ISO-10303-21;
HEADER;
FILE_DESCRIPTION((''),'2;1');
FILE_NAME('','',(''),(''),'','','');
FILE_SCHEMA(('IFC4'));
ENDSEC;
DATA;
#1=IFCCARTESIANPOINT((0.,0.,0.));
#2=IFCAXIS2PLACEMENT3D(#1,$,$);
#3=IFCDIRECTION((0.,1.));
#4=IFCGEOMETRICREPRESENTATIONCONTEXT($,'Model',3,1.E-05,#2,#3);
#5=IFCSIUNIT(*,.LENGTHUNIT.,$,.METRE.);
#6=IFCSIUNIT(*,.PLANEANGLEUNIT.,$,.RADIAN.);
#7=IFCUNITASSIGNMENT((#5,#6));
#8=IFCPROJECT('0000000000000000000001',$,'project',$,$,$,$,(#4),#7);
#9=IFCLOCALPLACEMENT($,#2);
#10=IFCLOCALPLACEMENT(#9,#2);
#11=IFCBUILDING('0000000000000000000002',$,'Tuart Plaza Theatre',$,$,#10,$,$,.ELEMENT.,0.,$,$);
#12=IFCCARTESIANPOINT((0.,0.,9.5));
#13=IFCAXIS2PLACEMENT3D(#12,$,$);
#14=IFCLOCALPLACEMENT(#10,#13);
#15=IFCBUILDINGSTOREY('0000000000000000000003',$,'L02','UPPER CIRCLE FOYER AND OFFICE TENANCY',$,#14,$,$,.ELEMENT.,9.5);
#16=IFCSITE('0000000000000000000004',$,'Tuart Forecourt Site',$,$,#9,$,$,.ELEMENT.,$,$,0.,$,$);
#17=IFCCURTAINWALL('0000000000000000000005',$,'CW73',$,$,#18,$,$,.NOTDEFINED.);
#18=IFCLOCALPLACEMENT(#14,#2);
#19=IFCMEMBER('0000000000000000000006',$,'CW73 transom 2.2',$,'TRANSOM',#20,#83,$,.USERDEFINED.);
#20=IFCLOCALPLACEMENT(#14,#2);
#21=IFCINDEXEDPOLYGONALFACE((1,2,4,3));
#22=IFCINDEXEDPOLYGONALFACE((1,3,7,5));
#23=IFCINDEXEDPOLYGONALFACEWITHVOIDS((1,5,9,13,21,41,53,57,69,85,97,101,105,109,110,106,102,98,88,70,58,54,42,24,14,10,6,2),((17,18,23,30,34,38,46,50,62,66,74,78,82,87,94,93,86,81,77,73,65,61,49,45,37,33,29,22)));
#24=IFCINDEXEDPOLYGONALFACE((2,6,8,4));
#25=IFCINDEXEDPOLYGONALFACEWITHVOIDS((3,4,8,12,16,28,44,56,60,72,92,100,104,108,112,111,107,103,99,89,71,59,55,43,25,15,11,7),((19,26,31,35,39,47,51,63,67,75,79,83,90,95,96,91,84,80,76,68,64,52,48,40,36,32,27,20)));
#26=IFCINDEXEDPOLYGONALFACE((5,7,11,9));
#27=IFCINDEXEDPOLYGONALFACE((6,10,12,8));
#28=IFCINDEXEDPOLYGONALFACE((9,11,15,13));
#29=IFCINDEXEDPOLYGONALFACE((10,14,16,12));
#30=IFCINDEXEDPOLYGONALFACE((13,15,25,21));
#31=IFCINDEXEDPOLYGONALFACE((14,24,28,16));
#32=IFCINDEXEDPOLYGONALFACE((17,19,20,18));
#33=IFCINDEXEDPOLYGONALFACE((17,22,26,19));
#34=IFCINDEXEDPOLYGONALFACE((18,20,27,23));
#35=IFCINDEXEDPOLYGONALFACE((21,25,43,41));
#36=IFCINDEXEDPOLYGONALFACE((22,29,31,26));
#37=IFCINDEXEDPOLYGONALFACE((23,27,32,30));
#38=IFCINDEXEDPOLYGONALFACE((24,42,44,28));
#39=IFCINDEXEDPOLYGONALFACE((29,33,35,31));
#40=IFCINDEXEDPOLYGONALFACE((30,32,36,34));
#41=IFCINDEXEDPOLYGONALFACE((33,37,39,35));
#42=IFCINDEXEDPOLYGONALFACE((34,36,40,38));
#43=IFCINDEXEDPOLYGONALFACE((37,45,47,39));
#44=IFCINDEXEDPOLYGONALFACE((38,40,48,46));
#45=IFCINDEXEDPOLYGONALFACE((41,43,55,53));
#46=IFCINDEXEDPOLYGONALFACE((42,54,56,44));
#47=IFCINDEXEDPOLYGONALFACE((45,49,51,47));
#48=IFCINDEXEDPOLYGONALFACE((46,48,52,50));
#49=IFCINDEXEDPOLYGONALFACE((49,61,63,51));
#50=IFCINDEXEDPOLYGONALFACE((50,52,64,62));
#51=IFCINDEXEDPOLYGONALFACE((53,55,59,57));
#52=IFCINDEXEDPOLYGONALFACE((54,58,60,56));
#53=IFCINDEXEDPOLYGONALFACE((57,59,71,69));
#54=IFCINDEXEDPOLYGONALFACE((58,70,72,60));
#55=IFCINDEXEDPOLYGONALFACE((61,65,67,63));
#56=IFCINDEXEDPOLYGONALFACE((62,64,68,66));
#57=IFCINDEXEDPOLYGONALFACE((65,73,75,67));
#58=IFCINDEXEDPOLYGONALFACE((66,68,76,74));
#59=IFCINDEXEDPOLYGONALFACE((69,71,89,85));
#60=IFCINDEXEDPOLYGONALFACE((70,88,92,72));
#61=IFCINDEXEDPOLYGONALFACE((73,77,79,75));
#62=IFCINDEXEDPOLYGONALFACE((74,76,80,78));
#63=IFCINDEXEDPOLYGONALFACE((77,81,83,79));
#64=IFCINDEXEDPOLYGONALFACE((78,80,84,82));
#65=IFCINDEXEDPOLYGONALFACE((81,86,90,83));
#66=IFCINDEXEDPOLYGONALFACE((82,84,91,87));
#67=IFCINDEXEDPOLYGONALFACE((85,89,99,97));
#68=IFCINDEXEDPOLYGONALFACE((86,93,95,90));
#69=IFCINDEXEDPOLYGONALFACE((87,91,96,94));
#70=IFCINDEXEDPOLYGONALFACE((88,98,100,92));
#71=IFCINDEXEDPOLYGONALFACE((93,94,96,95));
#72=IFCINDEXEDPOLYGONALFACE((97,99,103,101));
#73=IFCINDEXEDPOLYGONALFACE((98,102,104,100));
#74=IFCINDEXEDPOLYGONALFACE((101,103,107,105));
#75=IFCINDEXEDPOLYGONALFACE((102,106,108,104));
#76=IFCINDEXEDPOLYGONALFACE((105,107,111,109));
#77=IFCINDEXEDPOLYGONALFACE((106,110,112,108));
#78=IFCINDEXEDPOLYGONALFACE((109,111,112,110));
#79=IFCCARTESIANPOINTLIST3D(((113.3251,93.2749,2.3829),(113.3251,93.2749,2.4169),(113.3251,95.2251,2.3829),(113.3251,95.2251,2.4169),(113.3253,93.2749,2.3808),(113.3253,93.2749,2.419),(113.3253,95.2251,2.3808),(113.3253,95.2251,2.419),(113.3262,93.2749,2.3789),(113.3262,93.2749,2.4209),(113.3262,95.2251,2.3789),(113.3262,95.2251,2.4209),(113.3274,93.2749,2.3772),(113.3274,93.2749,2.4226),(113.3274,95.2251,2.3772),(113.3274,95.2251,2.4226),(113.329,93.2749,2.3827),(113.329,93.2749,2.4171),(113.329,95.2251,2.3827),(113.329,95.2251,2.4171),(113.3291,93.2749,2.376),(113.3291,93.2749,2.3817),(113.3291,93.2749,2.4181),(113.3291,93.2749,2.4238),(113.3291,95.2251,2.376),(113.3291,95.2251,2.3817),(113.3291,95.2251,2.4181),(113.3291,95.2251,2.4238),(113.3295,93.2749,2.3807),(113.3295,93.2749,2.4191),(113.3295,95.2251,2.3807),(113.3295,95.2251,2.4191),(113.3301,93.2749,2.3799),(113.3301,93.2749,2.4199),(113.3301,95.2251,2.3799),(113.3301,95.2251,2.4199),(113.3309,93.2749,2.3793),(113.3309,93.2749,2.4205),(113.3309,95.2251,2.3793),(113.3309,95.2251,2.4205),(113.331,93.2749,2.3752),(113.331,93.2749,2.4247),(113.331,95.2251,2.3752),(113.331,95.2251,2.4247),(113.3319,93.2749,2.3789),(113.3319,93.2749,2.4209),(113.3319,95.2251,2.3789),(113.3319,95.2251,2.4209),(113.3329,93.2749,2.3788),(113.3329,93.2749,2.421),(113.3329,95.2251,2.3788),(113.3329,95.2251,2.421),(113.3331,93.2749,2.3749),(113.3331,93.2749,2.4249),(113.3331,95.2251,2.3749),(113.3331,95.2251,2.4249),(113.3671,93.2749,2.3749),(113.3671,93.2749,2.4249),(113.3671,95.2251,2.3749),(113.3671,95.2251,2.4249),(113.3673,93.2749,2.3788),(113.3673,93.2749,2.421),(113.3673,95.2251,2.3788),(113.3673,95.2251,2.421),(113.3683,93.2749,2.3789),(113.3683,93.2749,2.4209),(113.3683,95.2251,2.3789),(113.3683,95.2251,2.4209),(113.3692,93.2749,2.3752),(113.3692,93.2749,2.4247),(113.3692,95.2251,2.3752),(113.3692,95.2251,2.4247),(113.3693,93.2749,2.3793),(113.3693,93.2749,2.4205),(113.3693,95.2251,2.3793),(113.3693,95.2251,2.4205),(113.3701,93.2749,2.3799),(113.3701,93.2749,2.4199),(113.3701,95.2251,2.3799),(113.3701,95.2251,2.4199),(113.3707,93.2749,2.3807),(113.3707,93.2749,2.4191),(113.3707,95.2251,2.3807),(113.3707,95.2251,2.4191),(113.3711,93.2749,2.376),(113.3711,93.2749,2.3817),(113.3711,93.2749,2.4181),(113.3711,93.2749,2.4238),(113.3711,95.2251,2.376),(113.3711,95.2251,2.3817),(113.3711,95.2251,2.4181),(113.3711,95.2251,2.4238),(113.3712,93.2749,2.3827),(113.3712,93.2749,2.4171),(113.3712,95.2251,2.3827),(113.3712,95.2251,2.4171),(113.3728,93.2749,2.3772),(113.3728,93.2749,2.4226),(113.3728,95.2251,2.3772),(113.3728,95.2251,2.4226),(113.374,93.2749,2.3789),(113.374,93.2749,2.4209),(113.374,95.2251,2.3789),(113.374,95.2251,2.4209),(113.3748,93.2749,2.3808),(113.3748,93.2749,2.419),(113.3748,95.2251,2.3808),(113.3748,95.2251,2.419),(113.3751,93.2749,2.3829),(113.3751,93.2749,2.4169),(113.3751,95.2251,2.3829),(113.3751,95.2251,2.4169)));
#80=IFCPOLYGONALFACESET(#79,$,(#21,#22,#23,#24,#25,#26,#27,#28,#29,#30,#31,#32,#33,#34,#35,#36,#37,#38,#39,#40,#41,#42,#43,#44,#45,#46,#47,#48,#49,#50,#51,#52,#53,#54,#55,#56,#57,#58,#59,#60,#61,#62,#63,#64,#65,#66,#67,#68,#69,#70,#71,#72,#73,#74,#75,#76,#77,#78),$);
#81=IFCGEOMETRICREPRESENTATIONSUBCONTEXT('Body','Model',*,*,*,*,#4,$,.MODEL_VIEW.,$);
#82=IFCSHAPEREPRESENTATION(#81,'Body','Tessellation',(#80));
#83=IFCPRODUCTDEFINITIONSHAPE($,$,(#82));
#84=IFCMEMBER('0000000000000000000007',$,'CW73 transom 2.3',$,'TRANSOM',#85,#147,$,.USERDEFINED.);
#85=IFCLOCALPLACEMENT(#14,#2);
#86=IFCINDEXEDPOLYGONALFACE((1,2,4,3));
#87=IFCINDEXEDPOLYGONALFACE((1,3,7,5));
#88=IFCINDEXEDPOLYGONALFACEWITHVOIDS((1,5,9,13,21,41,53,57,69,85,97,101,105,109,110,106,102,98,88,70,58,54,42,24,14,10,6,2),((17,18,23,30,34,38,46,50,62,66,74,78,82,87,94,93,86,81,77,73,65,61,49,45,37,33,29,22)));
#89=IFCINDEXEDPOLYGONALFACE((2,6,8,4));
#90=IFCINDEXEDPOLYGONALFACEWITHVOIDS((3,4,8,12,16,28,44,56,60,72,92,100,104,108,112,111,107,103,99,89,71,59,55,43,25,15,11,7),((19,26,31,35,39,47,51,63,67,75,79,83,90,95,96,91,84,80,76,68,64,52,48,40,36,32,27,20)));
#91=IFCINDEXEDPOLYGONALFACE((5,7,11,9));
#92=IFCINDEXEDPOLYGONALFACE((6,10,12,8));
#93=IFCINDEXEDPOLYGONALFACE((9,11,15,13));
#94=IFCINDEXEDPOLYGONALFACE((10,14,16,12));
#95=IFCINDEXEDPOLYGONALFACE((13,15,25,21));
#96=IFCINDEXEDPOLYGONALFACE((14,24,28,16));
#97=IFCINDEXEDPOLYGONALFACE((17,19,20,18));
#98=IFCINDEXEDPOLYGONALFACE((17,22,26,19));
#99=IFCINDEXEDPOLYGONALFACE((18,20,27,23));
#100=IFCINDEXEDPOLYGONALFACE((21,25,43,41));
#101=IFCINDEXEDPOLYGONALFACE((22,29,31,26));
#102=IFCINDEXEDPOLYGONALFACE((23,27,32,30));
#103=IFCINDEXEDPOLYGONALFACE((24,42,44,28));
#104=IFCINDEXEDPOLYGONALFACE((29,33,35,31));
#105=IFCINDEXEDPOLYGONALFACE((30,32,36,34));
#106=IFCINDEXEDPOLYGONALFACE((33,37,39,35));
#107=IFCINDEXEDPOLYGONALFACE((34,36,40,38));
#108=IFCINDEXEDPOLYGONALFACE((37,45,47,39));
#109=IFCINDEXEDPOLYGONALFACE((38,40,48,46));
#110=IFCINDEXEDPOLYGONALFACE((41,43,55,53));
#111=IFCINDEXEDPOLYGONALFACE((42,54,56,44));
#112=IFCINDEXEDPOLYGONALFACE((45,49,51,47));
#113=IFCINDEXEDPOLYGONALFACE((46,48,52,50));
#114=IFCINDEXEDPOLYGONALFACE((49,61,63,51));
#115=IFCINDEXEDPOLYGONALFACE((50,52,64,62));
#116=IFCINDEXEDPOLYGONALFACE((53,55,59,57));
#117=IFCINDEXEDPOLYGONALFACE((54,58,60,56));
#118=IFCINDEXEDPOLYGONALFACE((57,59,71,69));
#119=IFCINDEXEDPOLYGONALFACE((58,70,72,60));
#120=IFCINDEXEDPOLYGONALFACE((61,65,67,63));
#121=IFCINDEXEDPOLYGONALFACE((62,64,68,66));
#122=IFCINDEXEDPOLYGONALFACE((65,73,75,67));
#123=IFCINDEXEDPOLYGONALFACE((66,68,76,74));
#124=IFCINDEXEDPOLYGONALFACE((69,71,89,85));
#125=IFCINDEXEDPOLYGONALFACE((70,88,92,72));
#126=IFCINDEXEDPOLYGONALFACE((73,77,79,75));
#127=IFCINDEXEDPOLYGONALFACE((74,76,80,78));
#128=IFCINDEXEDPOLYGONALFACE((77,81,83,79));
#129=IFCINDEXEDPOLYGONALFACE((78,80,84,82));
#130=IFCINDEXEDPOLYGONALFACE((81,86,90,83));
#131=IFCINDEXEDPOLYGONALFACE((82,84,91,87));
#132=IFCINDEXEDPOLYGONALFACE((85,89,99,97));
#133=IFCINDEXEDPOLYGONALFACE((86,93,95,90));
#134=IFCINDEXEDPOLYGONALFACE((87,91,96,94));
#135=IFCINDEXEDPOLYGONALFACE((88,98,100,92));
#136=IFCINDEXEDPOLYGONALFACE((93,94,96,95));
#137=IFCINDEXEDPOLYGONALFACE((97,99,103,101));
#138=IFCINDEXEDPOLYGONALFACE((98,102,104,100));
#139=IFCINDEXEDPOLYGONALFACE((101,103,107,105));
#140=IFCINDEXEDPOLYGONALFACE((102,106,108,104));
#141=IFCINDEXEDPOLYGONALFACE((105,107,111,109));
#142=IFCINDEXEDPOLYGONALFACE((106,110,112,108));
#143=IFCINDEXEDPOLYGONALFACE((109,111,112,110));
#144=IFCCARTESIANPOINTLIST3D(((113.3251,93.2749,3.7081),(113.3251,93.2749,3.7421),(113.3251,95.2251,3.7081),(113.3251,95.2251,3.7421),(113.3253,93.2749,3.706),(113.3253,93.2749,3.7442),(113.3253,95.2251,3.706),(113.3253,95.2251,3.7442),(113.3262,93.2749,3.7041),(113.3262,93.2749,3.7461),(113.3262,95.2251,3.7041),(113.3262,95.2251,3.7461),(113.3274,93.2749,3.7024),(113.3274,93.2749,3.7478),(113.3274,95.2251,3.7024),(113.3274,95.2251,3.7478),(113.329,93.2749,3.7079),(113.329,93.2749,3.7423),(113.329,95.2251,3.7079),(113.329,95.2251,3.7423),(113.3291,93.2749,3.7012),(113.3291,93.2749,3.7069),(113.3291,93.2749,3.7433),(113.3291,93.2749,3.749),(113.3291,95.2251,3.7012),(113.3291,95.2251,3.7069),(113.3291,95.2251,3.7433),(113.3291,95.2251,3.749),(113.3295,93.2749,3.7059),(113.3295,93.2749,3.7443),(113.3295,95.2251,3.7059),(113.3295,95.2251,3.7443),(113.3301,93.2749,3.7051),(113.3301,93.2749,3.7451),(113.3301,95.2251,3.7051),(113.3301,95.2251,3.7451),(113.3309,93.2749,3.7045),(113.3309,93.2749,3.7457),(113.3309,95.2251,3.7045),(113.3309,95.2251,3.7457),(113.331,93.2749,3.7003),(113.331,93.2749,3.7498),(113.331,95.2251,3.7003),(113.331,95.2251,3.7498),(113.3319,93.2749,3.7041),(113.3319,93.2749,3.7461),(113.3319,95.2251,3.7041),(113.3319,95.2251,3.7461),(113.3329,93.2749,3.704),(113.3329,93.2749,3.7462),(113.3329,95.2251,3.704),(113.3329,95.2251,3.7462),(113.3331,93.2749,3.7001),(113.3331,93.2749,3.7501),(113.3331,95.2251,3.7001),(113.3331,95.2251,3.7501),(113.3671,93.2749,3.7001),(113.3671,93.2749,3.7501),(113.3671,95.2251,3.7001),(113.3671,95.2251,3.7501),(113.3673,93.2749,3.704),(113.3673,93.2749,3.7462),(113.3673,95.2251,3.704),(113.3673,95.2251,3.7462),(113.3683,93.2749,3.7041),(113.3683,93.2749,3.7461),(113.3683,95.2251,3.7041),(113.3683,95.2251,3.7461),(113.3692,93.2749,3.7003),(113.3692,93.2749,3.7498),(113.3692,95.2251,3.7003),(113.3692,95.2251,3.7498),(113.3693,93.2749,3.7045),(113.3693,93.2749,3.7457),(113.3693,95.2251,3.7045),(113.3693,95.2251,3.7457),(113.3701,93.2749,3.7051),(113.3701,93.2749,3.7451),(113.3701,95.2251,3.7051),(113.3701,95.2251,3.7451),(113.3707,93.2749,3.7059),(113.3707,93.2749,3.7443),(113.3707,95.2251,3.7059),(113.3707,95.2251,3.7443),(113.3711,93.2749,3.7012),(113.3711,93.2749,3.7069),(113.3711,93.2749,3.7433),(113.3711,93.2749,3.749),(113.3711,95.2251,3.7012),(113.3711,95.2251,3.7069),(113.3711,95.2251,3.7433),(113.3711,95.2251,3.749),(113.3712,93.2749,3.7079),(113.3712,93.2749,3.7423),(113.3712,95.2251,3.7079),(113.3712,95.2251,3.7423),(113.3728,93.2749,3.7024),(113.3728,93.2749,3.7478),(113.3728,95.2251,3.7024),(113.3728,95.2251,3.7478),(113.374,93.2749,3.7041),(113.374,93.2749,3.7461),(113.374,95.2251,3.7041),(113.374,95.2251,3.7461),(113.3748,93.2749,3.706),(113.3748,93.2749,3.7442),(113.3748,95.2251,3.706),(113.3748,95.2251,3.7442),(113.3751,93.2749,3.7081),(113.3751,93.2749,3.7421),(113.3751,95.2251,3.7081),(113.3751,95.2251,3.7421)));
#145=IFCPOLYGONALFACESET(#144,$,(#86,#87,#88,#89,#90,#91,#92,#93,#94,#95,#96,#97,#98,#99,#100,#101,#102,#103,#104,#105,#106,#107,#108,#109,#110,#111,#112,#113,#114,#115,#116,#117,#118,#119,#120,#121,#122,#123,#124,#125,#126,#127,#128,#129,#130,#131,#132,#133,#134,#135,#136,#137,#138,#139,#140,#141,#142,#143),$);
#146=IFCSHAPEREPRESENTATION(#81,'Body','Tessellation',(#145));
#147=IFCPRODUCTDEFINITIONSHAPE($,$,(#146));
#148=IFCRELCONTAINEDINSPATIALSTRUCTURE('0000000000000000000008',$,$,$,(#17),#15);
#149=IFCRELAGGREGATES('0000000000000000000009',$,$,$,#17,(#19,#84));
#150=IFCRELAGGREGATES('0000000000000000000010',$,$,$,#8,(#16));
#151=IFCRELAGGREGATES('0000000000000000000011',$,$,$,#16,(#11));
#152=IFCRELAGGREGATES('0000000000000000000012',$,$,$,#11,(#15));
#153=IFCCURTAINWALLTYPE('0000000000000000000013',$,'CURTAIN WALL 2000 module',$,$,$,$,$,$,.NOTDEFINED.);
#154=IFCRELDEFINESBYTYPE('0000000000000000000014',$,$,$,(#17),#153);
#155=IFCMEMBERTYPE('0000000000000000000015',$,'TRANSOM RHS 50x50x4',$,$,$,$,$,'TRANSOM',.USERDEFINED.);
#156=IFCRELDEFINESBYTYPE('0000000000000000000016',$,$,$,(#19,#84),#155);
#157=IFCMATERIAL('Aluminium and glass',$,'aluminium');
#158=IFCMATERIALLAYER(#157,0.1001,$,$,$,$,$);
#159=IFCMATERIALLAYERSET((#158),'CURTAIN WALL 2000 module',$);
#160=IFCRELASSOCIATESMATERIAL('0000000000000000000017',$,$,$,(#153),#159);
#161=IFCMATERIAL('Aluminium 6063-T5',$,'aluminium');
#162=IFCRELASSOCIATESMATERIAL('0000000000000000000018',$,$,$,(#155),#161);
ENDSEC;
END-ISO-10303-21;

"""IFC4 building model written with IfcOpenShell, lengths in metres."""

from ifc_helpers import new_model, si_unit, direction, frame, origin, origin_2d, place, context, subcontext, project, spatial, hollow_rectangle, extrude, material, layer, layer_set, material_profile, profile_set, type_object, element, aggregate, save


model = new_model("IFC4")

# Units and contexts
model_context = context("Model", 3, precision=1e-05, world=origin(), true_north=direction((0.0, 1.0)))
body_context = subcontext(model_context, "Body", "Model", "MODEL_VIEW")
ifc_project = project(units=[si_unit("LENGTHUNIT", "METRE"), si_unit("PLANEANGLEUNIT", "RADIAN")], contexts=[model_context])

# Site, building, storey
site_placement = place(None, origin())
site = spatial("IfcSite", under=ifc_project, at=site_placement, Name="Tuart Forecourt Site", CompositionType="ELEMENT", RefElevation=0.0)
building_placement = place(site_placement, origin())
building = spatial("IfcBuilding", under=site, at=building_placement, Name="Tuart Plaza Theatre", CompositionType="ELEMENT", ElevationOfRefHeight=0.0)
storey_placement = place(building_placement, frame((0.0, 0.0, 9.5)))
storey = spatial("IfcBuildingStorey", under=building, at=storey_placement, Name="L02", Description="UPPER CIRCLE FOYER AND OFFICE TENANCY", CompositionType="ELEMENT", Elevation=9.5)

# Curtain wall, members
ifc_material_1 = material(Name="Aluminium and glass", Category="aluminium")
ifc_layer_1 = layer(ifc_material_1, 0.1001)
ifc_layer_set_1 = layer_set([ifc_layer_1], Name="CURTAIN WALL 2000 module")
curtain_wall_type = type_object("IfcCurtainWallType", Name="CURTAIN WALL 2000 module", PredefinedType="NOTDEFINED", material=ifc_layer_set_1)
curtain_wall_placement = place(storey_placement, origin())
curtain_wall = element("IfcCurtainWall", 1, at=curtain_wall_placement, inside=storey, type_object=curtain_wall_type, Name="CW73", PredefinedType="NOTDEFINED")
ifc_material_2 = material(Name="Aluminium 6063-T5", Category="aluminium")
ifc_material_profile_1 = material_profile(ifc_material_2, hollow_rectangle(XDim=0.05, YDim=0.05, WallThickness=0.0039, InnerFilletRadius=0.0039, OuterFilletRadius=0.0081, at=origin_2d()), Name="RHS 50x50x4")
ifc_profile_set_1 = profile_set([ifc_material_profile_1], Name="Aluminium 6063-T5")
member_type_1 = type_object("IfcMemberType", Name="TRANSOM RHS 50x50x4", ElementType="TRANSOM", PredefinedType="USERDEFINED", material=ifc_profile_set_1)
member_1_placement = place(storey_placement, frame((113.3501, 95.2251, 2.3999), z_axis=(0.0, -1.0, 0.0), x_axis=(1.0, 0.0, 0.0)))
member_1 = element("IfcMember", 2, at=member_1_placement, type_object=member_type_1, Name="CW73 transom 2.2", ObjectType="TRANSOM", PredefinedType="USERDEFINED", context=body_context, shape_type="SweptSolid", body=[
    extrude(hollow_rectangle(XDim=0.05, YDim=0.05, WallThickness=0.0039, InnerFilletRadius=0.0039, OuterFilletRadius=0.0081, at=origin_2d()), origin(), (0.0, 0.0, 1.0), 1.9502),
])
member_2_placement = place(storey_placement, frame((113.3501, 95.2251, 3.7251), z_axis=(0.0, -1.0, 0.0), x_axis=(1.0, 0.0, 0.0)))
member_2 = element("IfcMember", 3, at=member_2_placement, type_object=member_type_1, Name="CW73 transom 2.3", ObjectType="TRANSOM", PredefinedType="USERDEFINED", context=body_context, shape_type="SweptSolid", body=[
    extrude(hollow_rectangle(XDim=0.05, YDim=0.05, WallThickness=0.0039, InnerFilletRadius=0.0039, OuterFilletRadius=0.0081, at=origin_2d()), origin(), (0.0, 0.0, 1.0), 1.9502),
])
aggregate(curtain_wall, [member_1, member_2])

save(model, "model.ifc")
